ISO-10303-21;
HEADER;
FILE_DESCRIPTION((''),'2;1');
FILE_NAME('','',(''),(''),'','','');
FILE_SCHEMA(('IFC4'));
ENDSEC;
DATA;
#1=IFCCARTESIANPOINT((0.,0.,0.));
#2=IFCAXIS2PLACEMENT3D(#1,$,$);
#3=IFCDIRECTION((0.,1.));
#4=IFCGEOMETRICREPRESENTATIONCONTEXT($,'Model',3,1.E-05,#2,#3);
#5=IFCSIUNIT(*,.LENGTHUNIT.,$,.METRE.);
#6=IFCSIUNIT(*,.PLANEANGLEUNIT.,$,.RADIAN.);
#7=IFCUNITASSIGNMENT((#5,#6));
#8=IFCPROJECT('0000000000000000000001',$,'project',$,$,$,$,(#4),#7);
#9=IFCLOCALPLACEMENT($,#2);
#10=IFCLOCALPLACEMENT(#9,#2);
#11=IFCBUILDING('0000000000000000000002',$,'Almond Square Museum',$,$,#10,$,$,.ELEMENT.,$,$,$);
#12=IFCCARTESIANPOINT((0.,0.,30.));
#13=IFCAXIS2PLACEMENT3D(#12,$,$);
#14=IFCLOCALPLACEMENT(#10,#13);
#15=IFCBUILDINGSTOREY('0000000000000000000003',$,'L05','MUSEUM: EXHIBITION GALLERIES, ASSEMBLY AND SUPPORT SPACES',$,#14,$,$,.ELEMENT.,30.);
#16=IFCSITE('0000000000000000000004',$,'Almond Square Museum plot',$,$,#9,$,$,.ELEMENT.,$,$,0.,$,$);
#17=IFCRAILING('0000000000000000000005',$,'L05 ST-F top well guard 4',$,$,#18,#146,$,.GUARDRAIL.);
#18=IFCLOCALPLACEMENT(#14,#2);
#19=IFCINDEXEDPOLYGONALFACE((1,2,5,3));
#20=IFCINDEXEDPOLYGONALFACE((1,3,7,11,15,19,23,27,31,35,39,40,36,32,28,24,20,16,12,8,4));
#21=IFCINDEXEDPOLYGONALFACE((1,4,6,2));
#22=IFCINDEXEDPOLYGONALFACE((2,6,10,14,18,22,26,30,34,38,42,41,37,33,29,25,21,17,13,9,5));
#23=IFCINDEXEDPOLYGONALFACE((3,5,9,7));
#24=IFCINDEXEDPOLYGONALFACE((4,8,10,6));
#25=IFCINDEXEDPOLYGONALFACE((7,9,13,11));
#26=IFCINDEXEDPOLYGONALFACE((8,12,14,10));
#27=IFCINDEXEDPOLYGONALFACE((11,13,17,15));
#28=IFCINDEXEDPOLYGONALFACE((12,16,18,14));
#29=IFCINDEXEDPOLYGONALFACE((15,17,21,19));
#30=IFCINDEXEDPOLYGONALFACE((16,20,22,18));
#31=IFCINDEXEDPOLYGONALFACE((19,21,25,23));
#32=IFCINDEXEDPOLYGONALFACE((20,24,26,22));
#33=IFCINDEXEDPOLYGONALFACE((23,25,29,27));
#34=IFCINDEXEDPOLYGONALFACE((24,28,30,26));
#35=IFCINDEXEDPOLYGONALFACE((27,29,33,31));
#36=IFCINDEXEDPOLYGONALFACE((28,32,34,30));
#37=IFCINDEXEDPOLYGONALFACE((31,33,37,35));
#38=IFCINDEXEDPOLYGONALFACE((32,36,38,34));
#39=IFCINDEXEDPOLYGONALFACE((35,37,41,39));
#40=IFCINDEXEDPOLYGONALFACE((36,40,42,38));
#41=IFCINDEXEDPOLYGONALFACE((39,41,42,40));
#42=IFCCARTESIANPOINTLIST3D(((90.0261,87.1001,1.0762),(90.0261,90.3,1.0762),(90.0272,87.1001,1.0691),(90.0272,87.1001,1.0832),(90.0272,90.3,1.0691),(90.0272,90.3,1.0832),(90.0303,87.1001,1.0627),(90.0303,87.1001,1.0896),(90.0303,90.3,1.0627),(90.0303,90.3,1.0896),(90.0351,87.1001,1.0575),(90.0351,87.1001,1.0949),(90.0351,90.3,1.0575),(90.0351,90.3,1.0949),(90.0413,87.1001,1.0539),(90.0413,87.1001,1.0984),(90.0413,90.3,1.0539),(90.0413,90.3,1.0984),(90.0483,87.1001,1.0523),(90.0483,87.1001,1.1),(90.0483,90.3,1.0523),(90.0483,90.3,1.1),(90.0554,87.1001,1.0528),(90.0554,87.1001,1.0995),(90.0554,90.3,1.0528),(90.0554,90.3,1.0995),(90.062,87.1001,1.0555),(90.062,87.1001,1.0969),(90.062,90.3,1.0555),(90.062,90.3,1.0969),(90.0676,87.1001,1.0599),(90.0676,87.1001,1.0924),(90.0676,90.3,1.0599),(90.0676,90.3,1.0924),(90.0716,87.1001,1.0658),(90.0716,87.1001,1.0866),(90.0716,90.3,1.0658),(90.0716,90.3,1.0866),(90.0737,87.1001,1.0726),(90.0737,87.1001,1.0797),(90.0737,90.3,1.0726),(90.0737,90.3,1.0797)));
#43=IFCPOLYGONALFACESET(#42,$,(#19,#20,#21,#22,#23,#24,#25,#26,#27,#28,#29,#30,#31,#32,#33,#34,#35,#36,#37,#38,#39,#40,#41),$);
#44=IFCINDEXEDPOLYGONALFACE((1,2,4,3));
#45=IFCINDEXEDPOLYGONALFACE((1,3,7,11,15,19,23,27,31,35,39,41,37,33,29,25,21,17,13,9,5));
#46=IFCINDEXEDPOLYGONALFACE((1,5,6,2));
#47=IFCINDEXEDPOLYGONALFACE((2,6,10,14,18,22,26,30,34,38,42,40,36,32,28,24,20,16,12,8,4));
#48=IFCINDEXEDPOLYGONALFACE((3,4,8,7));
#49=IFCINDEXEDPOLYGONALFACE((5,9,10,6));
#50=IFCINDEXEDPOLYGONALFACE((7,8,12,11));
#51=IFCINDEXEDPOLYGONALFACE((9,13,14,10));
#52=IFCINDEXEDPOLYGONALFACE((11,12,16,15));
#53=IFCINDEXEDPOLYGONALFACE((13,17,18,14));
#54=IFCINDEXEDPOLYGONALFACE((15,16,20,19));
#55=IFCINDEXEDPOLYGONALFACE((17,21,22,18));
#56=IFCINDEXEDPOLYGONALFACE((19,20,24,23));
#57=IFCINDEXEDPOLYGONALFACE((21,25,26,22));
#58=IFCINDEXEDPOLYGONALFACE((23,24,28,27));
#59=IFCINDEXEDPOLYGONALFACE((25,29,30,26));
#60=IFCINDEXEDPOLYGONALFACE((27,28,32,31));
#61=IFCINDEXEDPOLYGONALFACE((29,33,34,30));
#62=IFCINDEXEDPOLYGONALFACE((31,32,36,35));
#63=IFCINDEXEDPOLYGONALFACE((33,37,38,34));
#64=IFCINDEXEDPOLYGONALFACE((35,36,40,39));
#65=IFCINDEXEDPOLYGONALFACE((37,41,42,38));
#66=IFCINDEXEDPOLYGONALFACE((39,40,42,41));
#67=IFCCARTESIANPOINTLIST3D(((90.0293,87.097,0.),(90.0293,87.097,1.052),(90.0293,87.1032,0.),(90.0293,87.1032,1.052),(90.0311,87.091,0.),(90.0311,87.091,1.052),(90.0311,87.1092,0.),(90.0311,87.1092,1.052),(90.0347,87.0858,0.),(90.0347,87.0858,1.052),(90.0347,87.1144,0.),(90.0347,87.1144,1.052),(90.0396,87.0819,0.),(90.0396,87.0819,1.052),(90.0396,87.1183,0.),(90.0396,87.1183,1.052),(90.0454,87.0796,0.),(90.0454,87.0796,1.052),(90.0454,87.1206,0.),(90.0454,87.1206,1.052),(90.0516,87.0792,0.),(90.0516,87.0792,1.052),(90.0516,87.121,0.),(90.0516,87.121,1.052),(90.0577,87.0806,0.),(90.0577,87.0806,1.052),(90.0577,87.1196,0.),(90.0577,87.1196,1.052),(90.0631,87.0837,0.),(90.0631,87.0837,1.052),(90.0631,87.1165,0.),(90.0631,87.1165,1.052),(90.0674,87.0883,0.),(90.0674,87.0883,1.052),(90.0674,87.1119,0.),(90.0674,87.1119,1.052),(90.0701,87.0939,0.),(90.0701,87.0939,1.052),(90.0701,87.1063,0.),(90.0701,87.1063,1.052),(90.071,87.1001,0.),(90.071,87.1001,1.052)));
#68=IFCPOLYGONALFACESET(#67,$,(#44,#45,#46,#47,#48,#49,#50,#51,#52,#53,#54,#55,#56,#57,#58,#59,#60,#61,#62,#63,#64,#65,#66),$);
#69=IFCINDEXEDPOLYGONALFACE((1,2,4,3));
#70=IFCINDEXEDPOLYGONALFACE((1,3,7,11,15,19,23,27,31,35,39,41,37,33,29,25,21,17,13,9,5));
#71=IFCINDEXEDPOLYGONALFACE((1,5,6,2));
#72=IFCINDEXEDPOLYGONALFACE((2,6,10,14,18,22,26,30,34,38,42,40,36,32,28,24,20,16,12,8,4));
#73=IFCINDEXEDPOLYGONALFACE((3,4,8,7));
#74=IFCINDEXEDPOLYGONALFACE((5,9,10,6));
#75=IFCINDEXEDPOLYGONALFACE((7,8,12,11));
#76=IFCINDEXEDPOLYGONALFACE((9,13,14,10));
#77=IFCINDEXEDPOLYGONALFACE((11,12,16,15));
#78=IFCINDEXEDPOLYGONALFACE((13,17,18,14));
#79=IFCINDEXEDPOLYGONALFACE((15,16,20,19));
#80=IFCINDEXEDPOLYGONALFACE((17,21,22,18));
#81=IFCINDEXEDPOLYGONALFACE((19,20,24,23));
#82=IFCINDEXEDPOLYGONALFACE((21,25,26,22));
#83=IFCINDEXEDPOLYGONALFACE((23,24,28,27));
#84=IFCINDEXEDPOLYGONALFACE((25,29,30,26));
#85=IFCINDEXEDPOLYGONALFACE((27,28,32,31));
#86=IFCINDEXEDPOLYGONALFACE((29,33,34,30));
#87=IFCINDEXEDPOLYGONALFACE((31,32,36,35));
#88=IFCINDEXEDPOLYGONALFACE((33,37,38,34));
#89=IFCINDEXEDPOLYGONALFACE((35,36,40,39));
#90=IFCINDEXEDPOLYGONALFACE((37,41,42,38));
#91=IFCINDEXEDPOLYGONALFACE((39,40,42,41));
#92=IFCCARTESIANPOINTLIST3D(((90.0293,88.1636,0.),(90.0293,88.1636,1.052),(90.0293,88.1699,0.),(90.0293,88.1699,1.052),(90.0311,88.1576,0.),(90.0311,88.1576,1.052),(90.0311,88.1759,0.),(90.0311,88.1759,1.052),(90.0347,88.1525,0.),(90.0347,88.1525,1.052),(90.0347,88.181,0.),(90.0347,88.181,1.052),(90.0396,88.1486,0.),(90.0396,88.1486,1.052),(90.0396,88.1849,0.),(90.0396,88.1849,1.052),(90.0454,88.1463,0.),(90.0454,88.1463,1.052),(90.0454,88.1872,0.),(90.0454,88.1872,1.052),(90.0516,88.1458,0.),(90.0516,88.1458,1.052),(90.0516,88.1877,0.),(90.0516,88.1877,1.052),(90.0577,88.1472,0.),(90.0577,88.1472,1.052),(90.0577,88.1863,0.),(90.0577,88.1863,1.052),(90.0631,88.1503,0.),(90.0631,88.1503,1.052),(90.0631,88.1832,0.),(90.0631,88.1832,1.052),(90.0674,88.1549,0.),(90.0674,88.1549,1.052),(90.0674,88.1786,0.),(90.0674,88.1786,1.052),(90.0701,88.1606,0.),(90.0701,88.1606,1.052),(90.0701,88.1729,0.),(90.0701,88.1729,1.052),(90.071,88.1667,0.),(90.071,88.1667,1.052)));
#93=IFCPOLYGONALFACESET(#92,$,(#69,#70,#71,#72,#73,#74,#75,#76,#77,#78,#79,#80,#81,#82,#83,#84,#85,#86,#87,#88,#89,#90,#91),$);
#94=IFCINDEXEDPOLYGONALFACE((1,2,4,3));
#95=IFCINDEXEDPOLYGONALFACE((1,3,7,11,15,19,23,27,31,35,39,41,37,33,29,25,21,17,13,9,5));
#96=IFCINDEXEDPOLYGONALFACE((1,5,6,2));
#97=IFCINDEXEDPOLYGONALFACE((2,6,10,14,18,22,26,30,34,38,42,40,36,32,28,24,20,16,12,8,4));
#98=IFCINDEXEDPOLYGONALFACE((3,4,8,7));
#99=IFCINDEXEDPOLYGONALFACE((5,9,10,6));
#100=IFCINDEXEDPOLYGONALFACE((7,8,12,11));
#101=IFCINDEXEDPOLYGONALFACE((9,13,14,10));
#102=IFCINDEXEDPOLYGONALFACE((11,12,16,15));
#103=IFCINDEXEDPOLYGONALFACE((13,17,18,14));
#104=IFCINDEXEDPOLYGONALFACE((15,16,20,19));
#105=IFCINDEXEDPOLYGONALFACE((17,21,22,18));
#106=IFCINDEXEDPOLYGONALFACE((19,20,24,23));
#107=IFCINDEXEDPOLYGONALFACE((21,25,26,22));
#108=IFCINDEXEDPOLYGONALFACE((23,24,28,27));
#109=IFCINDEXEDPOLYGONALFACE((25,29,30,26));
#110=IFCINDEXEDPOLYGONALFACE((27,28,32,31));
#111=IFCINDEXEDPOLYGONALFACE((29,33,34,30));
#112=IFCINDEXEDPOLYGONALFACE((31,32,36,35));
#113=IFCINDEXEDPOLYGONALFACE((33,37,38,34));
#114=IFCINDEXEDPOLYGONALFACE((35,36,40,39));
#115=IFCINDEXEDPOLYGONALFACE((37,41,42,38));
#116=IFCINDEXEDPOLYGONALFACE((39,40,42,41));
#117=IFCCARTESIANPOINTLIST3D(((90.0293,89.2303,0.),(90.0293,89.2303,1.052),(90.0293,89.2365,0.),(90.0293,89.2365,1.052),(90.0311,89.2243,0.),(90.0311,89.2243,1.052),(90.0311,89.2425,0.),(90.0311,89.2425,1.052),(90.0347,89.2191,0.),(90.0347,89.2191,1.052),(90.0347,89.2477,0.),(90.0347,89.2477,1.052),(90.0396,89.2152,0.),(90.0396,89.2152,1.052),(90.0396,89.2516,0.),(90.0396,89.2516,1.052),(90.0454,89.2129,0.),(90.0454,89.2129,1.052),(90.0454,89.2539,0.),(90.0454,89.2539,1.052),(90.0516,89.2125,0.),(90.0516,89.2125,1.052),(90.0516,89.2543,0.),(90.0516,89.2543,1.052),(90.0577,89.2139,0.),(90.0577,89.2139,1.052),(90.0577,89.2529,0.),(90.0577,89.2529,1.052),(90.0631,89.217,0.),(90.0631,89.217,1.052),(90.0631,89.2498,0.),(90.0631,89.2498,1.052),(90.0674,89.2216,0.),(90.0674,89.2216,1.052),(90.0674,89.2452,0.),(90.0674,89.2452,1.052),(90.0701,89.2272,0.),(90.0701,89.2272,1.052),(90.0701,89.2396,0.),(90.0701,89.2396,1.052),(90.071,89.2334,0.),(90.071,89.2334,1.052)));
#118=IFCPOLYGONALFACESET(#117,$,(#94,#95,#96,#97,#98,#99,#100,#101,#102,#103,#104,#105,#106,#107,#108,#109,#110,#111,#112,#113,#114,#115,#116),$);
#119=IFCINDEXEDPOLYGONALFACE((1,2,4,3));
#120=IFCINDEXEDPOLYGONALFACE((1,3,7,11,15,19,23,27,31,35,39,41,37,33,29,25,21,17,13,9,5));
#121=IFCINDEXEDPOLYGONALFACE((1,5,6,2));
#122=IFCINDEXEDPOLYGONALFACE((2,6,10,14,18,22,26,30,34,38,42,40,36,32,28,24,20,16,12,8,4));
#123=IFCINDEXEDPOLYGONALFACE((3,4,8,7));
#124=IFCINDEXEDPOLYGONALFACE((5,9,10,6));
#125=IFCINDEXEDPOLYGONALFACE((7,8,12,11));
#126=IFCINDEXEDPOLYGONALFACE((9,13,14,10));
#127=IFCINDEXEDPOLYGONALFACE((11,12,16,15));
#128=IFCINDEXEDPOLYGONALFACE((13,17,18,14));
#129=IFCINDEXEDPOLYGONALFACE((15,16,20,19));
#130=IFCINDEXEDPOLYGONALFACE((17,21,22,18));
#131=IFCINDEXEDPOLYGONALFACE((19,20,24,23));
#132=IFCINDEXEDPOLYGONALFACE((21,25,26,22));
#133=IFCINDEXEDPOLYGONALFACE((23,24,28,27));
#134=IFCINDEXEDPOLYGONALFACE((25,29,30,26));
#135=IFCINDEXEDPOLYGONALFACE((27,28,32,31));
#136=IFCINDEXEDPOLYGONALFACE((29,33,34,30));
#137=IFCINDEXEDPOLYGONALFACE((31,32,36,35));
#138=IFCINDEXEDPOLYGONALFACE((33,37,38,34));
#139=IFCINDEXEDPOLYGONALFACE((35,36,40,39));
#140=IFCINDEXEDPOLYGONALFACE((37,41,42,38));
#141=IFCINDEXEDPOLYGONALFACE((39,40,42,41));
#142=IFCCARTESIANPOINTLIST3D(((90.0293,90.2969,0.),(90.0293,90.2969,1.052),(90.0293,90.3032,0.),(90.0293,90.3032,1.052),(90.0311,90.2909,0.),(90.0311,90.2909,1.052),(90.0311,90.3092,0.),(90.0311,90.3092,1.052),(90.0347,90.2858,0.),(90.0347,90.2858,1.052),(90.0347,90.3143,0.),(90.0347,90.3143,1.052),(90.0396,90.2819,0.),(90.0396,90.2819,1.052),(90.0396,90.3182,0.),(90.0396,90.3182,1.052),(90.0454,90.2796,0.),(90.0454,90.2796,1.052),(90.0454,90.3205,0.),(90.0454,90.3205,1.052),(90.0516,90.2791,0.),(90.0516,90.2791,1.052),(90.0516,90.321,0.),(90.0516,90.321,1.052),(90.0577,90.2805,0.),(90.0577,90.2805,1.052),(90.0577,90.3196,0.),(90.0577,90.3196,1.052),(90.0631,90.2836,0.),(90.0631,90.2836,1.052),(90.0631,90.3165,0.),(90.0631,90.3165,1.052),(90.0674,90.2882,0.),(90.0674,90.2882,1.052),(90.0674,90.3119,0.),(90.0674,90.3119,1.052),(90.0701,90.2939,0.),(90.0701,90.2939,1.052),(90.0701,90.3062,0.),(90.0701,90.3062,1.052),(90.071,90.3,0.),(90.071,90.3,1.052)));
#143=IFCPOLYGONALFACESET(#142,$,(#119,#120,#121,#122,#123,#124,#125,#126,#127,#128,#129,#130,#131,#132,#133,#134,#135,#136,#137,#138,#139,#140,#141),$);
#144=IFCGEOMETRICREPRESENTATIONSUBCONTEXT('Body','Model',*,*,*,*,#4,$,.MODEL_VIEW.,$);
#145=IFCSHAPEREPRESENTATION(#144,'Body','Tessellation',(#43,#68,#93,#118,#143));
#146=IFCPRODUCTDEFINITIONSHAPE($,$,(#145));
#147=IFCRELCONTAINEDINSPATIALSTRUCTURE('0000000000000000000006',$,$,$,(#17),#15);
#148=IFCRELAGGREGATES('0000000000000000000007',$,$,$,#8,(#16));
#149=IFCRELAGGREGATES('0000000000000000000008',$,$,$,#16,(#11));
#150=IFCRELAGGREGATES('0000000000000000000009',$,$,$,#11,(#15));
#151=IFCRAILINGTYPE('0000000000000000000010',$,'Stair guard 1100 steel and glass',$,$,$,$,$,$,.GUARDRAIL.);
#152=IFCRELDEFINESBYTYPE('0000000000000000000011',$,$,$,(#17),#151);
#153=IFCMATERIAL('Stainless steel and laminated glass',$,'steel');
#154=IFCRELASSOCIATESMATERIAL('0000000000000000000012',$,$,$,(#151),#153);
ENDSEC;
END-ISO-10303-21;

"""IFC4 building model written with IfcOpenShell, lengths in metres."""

from ifc_helpers import new_model, si_unit, direction, frame, origin, origin_2d, place, context, subcontext, project, spatial, circle, extrude, material, type_object, element, save


model = new_model("IFC4")

# Units and contexts
model_context = context("Model", 3, precision=1e-05, world=origin(), true_north=direction((0.0, 1.0)))
body_context = subcontext(model_context, "Body", "Model", "MODEL_VIEW")
ifc_project = project(units=[si_unit("LENGTHUNIT", "METRE"), si_unit("PLANEANGLEUNIT", "RADIAN")], contexts=[model_context])

# Site, building, storey
site_placement = place(None, origin())
site = spatial("IfcSite", under=ifc_project, at=site_placement, Name="Almond Square Museum plot", CompositionType="ELEMENT", RefElevation=0.0)
building_placement = place(site_placement, origin())
building = spatial("IfcBuilding", under=site, at=building_placement, Name="Almond Square Museum", CompositionType="ELEMENT")
storey_placement = place(building_placement, frame((0.0, 0.0, 30.0)))
storey = spatial("IfcBuildingStorey", under=building, at=storey_placement, Name="L05", Description="MUSEUM: EXHIBITION GALLERIES, ASSEMBLY AND SUPPORT SPACES", CompositionType="ELEMENT", Elevation=30.0)

# Railing
ifc_material_1 = material(Name="Stainless steel and laminated glass", Category="steel")
railing_type = type_object("IfcRailingType", Name="Stair guard 1100 steel and glass", PredefinedType="GUARDRAIL", material=ifc_material_1)
railing_placement = place(storey_placement, frame((90.05, 87.1001, 0.0)))
element("IfcRailing", 1, at=railing_placement, inside=storey, type_object=railing_type, Name="L05 ST-F top well guard 4", PredefinedType="GUARDRAIL", context=body_context, shape_type="SweptSolid", body=[
    extrude(circle(Radius=0.0239, at=origin_2d()), frame((0.0, 0.0, 1.0762), z_axis=(0.0, 1.0, 0.0), x_axis=(-1.0, 0.0, 0.0)), (0.0, 0.0, 1.0), 3.2),
    extrude(circle(Radius=0.021, at=origin_2d()), origin(), (0.0, 0.0, 1.0), 1.052),
    extrude(circle(Radius=0.021, at=origin_2d()), frame((0.0, 1.0667, 0.0)), (0.0, 0.0, 1.0), 1.052),
    extrude(circle(Radius=0.021, at=origin_2d()), frame((0.0, 2.1333, 0.0)), (0.0, 0.0, 1.0), 1.052),
    extrude(circle(Radius=0.021, at=origin_2d()), frame((0.0, 3.2, 0.0)), (0.0, 0.0, 1.0), 1.052),
])

save(model, "model.ifc")
